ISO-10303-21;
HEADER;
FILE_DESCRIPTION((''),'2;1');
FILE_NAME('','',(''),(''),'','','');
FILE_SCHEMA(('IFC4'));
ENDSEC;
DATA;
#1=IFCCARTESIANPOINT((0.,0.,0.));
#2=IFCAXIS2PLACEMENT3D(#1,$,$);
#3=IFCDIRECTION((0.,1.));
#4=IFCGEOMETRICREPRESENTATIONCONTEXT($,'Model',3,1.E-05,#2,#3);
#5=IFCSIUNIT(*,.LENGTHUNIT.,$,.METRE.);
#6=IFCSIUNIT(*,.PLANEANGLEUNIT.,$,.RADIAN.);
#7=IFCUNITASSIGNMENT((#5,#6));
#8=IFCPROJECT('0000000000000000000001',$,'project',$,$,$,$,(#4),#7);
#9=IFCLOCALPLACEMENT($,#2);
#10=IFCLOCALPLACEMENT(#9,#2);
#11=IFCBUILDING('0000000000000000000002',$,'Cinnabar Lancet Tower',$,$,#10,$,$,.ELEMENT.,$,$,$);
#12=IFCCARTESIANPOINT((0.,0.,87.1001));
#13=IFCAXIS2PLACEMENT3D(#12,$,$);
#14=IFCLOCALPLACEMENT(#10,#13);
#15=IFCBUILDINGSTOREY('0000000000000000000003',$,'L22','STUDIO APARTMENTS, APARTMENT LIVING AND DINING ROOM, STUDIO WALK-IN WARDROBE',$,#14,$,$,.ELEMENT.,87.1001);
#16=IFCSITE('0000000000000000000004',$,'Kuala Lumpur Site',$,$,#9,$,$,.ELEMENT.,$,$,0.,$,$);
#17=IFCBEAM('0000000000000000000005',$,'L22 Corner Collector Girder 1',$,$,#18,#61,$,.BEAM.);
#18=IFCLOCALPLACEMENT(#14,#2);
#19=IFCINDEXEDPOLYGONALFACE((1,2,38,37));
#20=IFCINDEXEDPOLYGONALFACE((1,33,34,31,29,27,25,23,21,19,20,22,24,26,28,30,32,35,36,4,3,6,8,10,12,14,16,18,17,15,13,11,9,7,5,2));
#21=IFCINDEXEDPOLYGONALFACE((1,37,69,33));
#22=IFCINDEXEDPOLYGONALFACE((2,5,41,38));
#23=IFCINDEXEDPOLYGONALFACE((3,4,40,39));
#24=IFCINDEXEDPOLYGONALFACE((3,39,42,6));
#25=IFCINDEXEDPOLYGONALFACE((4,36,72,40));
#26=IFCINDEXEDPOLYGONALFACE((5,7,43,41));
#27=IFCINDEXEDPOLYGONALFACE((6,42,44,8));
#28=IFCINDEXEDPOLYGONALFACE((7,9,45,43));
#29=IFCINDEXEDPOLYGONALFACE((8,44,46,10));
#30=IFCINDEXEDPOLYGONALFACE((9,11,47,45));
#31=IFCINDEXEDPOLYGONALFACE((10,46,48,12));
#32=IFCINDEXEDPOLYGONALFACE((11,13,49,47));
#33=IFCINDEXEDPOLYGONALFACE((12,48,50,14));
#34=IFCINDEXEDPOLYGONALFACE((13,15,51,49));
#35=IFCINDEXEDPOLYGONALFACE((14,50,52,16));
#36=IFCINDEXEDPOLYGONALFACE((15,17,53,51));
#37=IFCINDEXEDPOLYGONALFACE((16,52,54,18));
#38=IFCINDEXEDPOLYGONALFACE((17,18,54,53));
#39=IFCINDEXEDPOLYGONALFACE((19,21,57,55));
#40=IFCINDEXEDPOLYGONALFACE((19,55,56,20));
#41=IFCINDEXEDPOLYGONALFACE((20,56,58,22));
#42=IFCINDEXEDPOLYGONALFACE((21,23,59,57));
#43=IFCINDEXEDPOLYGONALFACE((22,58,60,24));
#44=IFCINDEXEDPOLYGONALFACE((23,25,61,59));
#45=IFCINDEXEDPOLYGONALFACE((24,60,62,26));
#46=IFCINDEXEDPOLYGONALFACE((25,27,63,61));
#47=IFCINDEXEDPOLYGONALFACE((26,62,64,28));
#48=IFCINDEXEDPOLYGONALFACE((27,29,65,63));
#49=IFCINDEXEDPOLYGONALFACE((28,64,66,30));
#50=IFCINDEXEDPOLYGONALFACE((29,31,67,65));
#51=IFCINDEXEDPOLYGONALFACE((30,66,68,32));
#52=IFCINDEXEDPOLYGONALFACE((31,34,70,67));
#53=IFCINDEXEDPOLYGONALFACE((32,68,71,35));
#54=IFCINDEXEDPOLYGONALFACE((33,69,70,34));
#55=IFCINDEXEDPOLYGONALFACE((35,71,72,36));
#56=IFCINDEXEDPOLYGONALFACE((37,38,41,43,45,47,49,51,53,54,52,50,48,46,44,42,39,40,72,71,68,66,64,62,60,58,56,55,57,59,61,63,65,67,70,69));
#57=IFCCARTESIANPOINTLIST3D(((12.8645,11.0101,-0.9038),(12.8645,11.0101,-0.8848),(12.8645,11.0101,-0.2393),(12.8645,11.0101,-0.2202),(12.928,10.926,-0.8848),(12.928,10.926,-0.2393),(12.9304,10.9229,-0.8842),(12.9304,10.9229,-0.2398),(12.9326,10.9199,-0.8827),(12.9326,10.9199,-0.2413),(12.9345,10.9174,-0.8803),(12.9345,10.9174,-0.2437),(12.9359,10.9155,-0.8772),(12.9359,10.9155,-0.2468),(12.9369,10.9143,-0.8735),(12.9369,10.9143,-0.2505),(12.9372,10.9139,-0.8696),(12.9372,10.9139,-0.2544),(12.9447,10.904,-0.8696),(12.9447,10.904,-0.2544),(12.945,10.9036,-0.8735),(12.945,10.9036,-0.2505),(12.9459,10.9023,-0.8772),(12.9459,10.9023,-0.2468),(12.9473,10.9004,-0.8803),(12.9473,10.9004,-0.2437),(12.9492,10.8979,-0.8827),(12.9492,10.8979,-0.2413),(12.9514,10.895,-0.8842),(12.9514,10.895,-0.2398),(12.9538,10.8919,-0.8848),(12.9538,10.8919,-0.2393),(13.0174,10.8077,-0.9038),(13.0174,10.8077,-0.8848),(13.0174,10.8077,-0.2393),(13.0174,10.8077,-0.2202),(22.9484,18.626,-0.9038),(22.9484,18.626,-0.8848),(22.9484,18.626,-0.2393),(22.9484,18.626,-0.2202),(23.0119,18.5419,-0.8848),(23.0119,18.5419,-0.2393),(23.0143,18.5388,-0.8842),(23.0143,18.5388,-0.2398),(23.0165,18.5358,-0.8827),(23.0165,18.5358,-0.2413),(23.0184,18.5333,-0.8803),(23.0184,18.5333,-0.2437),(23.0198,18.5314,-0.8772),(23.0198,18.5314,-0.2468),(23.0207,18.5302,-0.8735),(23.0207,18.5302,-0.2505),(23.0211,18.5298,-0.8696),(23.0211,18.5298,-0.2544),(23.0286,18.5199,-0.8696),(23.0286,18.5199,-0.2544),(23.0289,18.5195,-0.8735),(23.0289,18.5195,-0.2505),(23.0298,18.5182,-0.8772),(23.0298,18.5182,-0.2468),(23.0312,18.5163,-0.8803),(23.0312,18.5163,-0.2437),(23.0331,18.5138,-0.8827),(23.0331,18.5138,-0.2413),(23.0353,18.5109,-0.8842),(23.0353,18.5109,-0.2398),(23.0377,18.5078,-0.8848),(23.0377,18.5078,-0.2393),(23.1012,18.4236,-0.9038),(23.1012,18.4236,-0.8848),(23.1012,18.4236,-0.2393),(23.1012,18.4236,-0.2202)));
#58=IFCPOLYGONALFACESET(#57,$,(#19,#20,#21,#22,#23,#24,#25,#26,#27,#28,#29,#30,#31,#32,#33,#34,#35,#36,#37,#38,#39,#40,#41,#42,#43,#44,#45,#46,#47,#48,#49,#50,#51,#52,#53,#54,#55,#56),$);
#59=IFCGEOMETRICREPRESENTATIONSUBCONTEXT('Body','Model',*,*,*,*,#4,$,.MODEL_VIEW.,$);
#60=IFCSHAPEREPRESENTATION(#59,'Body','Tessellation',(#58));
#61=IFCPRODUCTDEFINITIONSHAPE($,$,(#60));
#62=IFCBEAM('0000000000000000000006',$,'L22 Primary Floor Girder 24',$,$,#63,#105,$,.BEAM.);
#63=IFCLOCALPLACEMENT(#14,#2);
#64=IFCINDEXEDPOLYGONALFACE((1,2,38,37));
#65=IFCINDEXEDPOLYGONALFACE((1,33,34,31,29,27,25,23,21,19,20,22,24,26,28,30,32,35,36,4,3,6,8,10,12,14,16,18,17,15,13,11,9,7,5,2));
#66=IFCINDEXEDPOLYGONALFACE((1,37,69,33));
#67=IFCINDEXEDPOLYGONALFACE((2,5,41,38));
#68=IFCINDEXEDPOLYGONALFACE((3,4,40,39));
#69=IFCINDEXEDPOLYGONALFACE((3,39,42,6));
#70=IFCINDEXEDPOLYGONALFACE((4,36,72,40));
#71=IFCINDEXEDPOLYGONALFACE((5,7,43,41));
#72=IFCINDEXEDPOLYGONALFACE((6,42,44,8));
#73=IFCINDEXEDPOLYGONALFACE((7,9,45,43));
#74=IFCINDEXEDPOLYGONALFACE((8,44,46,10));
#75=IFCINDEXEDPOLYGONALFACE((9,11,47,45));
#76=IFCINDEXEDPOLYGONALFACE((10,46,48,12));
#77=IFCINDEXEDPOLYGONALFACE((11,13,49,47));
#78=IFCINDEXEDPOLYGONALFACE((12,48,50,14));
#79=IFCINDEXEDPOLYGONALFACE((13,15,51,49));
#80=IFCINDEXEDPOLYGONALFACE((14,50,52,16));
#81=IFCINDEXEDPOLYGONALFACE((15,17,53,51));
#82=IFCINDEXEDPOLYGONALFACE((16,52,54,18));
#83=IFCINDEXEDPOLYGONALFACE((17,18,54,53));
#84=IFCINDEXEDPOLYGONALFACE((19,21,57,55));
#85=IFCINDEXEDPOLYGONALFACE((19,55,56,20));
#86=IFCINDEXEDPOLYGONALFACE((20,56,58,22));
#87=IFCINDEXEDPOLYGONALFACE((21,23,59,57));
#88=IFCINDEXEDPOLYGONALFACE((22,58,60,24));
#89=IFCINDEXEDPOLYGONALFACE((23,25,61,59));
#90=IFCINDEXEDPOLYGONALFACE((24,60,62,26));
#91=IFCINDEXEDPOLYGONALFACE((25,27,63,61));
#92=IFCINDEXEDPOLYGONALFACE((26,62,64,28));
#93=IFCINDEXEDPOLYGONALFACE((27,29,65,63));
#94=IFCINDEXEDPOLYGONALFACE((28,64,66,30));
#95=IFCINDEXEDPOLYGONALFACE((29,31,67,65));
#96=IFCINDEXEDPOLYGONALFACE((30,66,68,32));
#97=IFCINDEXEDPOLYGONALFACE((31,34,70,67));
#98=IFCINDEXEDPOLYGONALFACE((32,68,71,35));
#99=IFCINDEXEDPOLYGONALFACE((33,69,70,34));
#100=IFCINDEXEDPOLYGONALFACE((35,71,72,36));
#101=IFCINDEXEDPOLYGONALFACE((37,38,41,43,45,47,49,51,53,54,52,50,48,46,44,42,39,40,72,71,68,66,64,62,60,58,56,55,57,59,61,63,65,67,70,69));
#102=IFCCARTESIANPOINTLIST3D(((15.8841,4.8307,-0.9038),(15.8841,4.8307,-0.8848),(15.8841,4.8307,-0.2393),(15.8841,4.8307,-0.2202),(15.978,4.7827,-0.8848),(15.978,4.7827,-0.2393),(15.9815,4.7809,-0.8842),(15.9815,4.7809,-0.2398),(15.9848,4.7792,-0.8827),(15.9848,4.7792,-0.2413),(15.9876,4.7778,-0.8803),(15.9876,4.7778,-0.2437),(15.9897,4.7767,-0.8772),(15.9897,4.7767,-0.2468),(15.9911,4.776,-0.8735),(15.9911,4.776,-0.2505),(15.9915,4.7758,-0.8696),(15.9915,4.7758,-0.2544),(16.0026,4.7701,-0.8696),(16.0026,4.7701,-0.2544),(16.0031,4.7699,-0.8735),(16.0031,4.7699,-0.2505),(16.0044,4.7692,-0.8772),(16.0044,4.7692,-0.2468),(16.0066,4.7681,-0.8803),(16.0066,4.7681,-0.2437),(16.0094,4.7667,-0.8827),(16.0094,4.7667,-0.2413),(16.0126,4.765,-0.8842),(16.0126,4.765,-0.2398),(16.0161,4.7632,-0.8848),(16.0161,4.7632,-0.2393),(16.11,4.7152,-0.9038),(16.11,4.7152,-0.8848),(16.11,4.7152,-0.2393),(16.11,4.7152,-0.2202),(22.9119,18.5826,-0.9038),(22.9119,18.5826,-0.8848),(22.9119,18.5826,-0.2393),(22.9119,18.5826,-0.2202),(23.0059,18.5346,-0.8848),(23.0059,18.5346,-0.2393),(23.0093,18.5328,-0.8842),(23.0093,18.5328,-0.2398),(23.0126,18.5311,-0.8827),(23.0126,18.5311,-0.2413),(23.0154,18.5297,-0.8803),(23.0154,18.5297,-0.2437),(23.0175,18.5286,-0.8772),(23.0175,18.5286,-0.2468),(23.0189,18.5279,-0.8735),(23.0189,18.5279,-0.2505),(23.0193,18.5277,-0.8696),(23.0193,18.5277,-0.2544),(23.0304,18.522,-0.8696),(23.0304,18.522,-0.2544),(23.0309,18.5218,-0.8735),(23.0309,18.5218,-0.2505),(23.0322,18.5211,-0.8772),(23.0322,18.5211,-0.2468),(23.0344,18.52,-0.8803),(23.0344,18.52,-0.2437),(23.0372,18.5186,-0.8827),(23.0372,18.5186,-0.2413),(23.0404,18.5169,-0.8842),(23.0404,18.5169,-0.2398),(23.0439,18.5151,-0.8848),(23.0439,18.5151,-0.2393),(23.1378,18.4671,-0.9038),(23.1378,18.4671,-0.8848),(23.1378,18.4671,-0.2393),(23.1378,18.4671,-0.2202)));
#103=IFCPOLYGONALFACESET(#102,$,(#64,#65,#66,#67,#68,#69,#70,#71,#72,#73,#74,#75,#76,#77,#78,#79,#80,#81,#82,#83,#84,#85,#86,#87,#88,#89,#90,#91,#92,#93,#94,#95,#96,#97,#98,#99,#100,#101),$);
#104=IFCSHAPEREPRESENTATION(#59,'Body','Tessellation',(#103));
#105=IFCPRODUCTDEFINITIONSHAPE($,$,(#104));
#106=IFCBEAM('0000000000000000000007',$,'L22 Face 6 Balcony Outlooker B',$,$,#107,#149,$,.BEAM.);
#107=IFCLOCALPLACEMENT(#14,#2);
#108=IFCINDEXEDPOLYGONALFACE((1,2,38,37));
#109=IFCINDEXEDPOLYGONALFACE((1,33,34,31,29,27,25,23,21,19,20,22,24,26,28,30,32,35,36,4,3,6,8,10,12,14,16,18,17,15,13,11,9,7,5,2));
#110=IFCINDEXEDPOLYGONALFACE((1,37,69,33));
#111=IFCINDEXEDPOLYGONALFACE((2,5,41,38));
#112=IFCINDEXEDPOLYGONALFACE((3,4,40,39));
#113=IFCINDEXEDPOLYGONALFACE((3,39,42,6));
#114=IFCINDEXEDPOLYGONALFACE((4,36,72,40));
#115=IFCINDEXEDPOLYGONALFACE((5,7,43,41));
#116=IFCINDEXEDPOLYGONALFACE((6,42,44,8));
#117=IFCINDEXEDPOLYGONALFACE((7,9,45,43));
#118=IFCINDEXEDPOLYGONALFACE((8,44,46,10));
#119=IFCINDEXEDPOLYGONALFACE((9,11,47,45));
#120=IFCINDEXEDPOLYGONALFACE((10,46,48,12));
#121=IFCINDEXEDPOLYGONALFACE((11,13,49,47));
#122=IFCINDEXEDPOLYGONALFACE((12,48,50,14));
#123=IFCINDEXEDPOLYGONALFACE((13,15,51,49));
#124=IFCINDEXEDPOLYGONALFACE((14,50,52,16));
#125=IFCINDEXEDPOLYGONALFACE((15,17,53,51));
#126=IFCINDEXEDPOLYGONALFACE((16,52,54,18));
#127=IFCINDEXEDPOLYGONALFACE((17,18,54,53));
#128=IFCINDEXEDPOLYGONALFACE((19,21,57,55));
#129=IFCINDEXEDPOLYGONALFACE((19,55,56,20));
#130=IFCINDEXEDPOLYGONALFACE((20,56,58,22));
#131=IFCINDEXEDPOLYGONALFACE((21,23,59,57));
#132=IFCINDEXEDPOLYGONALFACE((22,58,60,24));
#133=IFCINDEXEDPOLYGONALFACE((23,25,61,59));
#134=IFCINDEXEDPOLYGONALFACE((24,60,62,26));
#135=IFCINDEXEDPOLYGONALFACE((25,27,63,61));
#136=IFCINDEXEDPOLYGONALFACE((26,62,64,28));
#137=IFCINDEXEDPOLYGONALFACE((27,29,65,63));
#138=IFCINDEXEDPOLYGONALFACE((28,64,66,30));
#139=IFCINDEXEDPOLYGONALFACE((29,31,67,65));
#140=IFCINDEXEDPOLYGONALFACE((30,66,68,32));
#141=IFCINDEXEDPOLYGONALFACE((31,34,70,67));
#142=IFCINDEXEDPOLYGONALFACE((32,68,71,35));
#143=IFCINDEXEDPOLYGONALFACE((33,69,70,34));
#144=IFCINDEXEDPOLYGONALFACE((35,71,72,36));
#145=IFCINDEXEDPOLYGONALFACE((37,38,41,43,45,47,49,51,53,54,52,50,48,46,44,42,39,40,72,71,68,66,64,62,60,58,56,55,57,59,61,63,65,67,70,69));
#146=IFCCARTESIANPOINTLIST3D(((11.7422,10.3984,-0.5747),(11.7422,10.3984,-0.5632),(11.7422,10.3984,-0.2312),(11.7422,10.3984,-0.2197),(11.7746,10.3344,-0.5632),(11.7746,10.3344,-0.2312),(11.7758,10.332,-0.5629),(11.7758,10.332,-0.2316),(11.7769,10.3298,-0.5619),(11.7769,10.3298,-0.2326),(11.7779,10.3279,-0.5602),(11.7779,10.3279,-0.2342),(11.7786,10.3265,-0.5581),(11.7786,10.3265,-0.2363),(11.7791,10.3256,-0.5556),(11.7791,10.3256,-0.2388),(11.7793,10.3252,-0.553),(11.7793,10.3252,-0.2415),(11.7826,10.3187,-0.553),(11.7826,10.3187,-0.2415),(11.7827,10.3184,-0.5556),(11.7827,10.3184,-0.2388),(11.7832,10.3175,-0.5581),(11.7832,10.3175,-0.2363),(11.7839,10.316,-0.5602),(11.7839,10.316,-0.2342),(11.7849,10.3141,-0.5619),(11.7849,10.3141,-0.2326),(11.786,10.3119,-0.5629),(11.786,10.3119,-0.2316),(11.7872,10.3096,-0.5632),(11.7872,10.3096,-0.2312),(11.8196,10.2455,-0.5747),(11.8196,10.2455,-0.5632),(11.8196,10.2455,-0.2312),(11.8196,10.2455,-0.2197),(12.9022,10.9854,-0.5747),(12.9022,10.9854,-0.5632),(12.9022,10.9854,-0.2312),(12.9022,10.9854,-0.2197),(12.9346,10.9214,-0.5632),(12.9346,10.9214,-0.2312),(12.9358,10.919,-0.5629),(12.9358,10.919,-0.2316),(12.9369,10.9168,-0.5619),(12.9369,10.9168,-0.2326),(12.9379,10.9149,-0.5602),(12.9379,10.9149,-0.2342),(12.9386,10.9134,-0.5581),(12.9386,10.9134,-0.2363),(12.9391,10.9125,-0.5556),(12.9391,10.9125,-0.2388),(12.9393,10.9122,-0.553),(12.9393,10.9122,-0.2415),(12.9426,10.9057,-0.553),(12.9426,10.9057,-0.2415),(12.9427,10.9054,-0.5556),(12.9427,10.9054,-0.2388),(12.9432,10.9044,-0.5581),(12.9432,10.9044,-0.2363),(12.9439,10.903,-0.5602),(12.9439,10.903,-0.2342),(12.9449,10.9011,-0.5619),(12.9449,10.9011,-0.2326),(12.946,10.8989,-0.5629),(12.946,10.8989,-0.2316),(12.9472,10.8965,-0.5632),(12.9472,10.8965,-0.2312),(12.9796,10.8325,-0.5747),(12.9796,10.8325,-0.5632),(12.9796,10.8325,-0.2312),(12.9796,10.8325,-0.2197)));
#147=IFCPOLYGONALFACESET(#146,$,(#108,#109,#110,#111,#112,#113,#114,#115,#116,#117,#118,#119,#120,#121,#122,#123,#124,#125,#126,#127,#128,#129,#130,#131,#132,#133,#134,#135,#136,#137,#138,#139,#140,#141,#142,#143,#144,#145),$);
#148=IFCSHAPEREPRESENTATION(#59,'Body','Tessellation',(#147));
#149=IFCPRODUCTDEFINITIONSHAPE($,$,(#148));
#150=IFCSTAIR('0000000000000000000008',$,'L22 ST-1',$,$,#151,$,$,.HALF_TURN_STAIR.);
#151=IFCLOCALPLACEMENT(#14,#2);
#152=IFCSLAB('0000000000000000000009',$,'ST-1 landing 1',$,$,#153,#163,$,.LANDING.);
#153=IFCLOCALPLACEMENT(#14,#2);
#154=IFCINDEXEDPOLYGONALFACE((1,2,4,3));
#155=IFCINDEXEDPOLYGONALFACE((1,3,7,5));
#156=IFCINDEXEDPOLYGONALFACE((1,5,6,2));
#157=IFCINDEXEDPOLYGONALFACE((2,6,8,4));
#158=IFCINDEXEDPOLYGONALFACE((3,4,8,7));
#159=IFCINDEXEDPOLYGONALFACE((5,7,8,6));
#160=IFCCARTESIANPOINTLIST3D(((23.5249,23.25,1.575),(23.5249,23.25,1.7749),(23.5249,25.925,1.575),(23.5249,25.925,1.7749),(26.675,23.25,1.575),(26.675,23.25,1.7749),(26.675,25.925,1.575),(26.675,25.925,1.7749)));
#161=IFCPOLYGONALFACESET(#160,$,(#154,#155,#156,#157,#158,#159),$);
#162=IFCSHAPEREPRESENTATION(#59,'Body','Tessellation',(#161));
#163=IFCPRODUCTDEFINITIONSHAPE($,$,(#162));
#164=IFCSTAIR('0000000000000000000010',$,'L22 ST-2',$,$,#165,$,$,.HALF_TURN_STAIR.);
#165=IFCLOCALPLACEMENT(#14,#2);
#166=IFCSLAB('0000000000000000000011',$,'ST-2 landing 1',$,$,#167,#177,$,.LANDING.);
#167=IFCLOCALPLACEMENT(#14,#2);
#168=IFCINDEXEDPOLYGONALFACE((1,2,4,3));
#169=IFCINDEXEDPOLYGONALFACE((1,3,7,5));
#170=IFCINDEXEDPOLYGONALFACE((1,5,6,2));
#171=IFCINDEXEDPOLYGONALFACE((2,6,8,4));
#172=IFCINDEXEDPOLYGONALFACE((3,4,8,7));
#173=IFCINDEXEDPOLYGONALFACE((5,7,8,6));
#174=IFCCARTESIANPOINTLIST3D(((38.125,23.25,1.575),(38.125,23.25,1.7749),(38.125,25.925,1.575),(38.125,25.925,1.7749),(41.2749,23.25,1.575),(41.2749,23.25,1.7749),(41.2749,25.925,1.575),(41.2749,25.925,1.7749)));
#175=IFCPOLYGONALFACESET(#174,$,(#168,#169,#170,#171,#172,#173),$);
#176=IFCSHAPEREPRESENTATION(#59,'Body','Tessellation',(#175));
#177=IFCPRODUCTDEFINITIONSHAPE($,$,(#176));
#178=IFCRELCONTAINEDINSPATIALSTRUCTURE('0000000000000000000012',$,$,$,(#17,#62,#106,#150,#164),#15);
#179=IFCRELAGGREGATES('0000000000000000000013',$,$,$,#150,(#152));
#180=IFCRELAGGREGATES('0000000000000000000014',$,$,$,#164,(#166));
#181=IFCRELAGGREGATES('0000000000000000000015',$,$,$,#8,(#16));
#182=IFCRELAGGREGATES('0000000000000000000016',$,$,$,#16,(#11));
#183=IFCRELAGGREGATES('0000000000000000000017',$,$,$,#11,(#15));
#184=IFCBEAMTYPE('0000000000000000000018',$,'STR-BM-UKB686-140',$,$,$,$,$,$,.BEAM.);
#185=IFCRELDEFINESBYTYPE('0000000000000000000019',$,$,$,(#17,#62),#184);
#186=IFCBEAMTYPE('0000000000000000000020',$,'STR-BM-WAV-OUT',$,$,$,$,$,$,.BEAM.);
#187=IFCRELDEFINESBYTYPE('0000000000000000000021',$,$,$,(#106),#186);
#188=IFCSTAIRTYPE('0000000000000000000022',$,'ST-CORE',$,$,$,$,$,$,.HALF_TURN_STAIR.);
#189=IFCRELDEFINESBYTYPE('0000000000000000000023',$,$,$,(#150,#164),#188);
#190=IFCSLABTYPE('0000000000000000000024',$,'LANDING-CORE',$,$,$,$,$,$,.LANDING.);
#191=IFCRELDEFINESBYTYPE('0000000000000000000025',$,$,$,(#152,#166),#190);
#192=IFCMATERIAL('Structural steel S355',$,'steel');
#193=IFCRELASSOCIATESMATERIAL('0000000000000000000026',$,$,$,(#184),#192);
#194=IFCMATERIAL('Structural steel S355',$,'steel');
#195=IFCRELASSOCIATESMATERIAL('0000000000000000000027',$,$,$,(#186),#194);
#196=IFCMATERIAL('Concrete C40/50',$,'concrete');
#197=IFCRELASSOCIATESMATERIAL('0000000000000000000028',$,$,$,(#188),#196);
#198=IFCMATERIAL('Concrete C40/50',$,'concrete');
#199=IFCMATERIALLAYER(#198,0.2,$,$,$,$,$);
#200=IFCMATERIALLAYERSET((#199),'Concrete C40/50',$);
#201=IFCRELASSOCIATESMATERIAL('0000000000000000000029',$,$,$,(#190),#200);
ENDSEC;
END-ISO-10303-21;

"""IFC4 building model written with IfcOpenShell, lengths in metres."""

from ifc_helpers import new_model, si_unit, direction, frame, origin, origin_2d, place, context, subcontext, project, spatial, polyline, i_section, outline, extrude, material, layer, layer_set, material_profile, profile_set, type_object, element, aggregate, save


model = new_model("IFC4")

# Units and contexts
model_context = context("Model", 3, precision=1e-05, world=origin(), true_north=direction((0.0, 1.0)))
body_context = subcontext(model_context, "Body", "Model", "MODEL_VIEW")
ifc_project = project(units=[si_unit("LENGTHUNIT", "METRE"), si_unit("PLANEANGLEUNIT", "RADIAN")], contexts=[model_context])

# Site, building, storey
site_placement = place(None, origin())
site = spatial("IfcSite", under=ifc_project, at=site_placement, Name="Kuala Lumpur Site", CompositionType="ELEMENT", RefElevation=0.0)
building_placement = place(site_placement, origin())
building = spatial("IfcBuilding", under=site, at=building_placement, Name="Cinnabar Lancet Tower", CompositionType="ELEMENT")
storey_placement = place(building_placement, frame((0.0, 0.0, 87.1001)))
storey = spatial("IfcBuildingStorey", under=building, at=storey_placement, Name="L22", Description="STUDIO APARTMENTS, APARTMENT LIVING AND DINING ROOM, STUDIO WALK-IN WARDROBE", CompositionType="ELEMENT", Elevation=87.1001)

# Beams
ifc_material_1 = material(Name="Structural steel S355", Category="steel")
ifc_material_profile_1 = material_profile(ifc_material_1, i_section(OverallWidth=0.2537, OverallDepth=0.6836, WebThickness=0.0125, FlangeThickness=0.019, FilletRadius=0.0151, at=origin_2d()), Name="UKB 686x254x140")
ifc_profile_set_1 = profile_set([ifc_material_profile_1], Name="Structural steel S355")
beam_type_1 = type_object("IfcBeamType", Name="STR-BM-UKB686-140", PredefinedType="BEAM", material=ifc_profile_set_1)
beam_1_placement = place(storey_placement, frame((12.9409, 10.9089, -0.562), z_axis=(0.797983, 0.60268, 0.0), x_axis=(-0.60268, 0.797983, 0.0)))
element("IfcBeam", 1, at=beam_1_placement, inside=storey, type_object=beam_type_1, Name="L22 Corner Collector Girder 1", PredefinedType="BEAM", context=body_context, shape_type="SweptSolid", body=[
    extrude(i_section(OverallWidth=0.2537, OverallDepth=0.6836, WebThickness=0.0125, FlangeThickness=0.019, FilletRadius=0.0151, at=origin_2d()), origin(), (0.0, 0.0, 1.0), 12.6367),
])
beam_2_placement = place(storey_placement, frame((15.9971, 4.7729, -0.562), z_axis=(0.455063, 0.890459, 0.0), x_axis=(-0.890459, 0.455063, 0.0)))
element("IfcBeam", 2, at=beam_2_placement, inside=storey, type_object=beam_type_1, Name="L22 Primary Floor Girder 24", PredefinedType="BEAM", context=body_context, shape_type="SweptSolid", body=[
    extrude(i_section(OverallWidth=0.2537, OverallDepth=0.6836, WebThickness=0.0125, FlangeThickness=0.019, FilletRadius=0.0151, at=origin_2d()), origin(), (0.0, 0.0, 1.0), 15.4436),
])
ifc_material_2 = material(Name="Structural steel S355", Category="steel")
ifc_material_profile_2 = material_profile(ifc_material_2, i_section(OverallWidth=0.1714, OverallDepth=0.355, WebThickness=0.0073, FlangeThickness=0.0115, FilletRadius=0.0103, at=origin_2d()), Name="UKB 356x171x51")
ifc_profile_set_2 = profile_set([ifc_material_profile_2], Name="Structural steel S355")
beam_type_2 = type_object("IfcBeamType", Name="STR-BM-WAV-OUT", PredefinedType="BEAM", material=ifc_profile_set_2)
beam_3_placement = place(storey_placement, frame((12.9409, 10.9089, -0.3972), z_axis=(-0.892276, -0.45149, 0.0), x_axis=(0.45149, -0.892276, 0.0)))
element("IfcBeam", 3, at=beam_3_placement, inside=storey, type_object=beam_type_2, Name="L22 Face 6 Balcony Outlooker B", PredefinedType="BEAM", context=body_context, shape_type="SweptSolid", body=[
    extrude(i_section(OverallWidth=0.1714, OverallDepth=0.355, WebThickness=0.0073, FlangeThickness=0.0115, FilletRadius=0.0103, at=origin_2d()), origin(), (0.0, 0.0, 1.0), 1.3),
])

# Stairs, slabs
ifc_material_3 = material(Name="Concrete C40/50", Category="concrete")
stair_type = type_object("IfcStairType", Name="ST-CORE", PredefinedType="HALF_TURN_STAIR", material=ifc_material_3)
stair_1_placement = place(storey_placement, origin())
stair_1 = element("IfcStair", 4, at=stair_1_placement, inside=storey, type_object=stair_type, Name="L22 ST-1", PredefinedType="HALF_TURN_STAIR")
ifc_material_4 = material(Name="Concrete C40/50", Category="concrete")
ifc_layer_1 = layer(ifc_material_4, 0.2)
ifc_layer_set_1 = layer_set([ifc_layer_1], Name="Concrete C40/50")
slab_type_1 = type_object("IfcSlabType", Name="LANDING-CORE", PredefinedType="LANDING", material=ifc_layer_set_1)
slab_1_placement = place(storey_placement, frame((0.0, 0.0, 1.575)))
slab_1 = element("IfcSlab", 5, at=slab_1_placement, type_object=slab_type_1, Name="ST-1 landing 1", PredefinedType="LANDING", context=body_context, shape_type="SweptSolid", body=[
    extrude(outline(polyline([(23.5249, 25.925), (23.5249, 23.25), (26.675, 23.25), (26.675, 25.925), (23.5249, 25.925)])), origin(), (0.0, 0.0, 1.0), 0.2),
])
aggregate(stair_1, [slab_1])
stair_2_placement = place(storey_placement, origin())
stair_2 = element("IfcStair", 6, at=stair_2_placement, inside=storey, type_object=stair_type, Name="L22 ST-2", PredefinedType="HALF_TURN_STAIR")
slab_2_placement = place(storey_placement, frame((0.0, 0.0, 1.575)))
slab_2 = element("IfcSlab", 7, at=slab_2_placement, type_object=slab_type_1, Name="ST-2 landing 1", PredefinedType="LANDING", context=body_context, shape_type="SweptSolid", body=[
    extrude(outline(polyline([(38.125, 25.925), (38.125, 23.25), (41.2749, 23.25), (41.2749, 25.925), (38.125, 25.925)])), origin(), (0.0, 0.0, 1.0), 0.2),
])
aggregate(stair_2, [slab_2])

save(model, "model.ifc")
